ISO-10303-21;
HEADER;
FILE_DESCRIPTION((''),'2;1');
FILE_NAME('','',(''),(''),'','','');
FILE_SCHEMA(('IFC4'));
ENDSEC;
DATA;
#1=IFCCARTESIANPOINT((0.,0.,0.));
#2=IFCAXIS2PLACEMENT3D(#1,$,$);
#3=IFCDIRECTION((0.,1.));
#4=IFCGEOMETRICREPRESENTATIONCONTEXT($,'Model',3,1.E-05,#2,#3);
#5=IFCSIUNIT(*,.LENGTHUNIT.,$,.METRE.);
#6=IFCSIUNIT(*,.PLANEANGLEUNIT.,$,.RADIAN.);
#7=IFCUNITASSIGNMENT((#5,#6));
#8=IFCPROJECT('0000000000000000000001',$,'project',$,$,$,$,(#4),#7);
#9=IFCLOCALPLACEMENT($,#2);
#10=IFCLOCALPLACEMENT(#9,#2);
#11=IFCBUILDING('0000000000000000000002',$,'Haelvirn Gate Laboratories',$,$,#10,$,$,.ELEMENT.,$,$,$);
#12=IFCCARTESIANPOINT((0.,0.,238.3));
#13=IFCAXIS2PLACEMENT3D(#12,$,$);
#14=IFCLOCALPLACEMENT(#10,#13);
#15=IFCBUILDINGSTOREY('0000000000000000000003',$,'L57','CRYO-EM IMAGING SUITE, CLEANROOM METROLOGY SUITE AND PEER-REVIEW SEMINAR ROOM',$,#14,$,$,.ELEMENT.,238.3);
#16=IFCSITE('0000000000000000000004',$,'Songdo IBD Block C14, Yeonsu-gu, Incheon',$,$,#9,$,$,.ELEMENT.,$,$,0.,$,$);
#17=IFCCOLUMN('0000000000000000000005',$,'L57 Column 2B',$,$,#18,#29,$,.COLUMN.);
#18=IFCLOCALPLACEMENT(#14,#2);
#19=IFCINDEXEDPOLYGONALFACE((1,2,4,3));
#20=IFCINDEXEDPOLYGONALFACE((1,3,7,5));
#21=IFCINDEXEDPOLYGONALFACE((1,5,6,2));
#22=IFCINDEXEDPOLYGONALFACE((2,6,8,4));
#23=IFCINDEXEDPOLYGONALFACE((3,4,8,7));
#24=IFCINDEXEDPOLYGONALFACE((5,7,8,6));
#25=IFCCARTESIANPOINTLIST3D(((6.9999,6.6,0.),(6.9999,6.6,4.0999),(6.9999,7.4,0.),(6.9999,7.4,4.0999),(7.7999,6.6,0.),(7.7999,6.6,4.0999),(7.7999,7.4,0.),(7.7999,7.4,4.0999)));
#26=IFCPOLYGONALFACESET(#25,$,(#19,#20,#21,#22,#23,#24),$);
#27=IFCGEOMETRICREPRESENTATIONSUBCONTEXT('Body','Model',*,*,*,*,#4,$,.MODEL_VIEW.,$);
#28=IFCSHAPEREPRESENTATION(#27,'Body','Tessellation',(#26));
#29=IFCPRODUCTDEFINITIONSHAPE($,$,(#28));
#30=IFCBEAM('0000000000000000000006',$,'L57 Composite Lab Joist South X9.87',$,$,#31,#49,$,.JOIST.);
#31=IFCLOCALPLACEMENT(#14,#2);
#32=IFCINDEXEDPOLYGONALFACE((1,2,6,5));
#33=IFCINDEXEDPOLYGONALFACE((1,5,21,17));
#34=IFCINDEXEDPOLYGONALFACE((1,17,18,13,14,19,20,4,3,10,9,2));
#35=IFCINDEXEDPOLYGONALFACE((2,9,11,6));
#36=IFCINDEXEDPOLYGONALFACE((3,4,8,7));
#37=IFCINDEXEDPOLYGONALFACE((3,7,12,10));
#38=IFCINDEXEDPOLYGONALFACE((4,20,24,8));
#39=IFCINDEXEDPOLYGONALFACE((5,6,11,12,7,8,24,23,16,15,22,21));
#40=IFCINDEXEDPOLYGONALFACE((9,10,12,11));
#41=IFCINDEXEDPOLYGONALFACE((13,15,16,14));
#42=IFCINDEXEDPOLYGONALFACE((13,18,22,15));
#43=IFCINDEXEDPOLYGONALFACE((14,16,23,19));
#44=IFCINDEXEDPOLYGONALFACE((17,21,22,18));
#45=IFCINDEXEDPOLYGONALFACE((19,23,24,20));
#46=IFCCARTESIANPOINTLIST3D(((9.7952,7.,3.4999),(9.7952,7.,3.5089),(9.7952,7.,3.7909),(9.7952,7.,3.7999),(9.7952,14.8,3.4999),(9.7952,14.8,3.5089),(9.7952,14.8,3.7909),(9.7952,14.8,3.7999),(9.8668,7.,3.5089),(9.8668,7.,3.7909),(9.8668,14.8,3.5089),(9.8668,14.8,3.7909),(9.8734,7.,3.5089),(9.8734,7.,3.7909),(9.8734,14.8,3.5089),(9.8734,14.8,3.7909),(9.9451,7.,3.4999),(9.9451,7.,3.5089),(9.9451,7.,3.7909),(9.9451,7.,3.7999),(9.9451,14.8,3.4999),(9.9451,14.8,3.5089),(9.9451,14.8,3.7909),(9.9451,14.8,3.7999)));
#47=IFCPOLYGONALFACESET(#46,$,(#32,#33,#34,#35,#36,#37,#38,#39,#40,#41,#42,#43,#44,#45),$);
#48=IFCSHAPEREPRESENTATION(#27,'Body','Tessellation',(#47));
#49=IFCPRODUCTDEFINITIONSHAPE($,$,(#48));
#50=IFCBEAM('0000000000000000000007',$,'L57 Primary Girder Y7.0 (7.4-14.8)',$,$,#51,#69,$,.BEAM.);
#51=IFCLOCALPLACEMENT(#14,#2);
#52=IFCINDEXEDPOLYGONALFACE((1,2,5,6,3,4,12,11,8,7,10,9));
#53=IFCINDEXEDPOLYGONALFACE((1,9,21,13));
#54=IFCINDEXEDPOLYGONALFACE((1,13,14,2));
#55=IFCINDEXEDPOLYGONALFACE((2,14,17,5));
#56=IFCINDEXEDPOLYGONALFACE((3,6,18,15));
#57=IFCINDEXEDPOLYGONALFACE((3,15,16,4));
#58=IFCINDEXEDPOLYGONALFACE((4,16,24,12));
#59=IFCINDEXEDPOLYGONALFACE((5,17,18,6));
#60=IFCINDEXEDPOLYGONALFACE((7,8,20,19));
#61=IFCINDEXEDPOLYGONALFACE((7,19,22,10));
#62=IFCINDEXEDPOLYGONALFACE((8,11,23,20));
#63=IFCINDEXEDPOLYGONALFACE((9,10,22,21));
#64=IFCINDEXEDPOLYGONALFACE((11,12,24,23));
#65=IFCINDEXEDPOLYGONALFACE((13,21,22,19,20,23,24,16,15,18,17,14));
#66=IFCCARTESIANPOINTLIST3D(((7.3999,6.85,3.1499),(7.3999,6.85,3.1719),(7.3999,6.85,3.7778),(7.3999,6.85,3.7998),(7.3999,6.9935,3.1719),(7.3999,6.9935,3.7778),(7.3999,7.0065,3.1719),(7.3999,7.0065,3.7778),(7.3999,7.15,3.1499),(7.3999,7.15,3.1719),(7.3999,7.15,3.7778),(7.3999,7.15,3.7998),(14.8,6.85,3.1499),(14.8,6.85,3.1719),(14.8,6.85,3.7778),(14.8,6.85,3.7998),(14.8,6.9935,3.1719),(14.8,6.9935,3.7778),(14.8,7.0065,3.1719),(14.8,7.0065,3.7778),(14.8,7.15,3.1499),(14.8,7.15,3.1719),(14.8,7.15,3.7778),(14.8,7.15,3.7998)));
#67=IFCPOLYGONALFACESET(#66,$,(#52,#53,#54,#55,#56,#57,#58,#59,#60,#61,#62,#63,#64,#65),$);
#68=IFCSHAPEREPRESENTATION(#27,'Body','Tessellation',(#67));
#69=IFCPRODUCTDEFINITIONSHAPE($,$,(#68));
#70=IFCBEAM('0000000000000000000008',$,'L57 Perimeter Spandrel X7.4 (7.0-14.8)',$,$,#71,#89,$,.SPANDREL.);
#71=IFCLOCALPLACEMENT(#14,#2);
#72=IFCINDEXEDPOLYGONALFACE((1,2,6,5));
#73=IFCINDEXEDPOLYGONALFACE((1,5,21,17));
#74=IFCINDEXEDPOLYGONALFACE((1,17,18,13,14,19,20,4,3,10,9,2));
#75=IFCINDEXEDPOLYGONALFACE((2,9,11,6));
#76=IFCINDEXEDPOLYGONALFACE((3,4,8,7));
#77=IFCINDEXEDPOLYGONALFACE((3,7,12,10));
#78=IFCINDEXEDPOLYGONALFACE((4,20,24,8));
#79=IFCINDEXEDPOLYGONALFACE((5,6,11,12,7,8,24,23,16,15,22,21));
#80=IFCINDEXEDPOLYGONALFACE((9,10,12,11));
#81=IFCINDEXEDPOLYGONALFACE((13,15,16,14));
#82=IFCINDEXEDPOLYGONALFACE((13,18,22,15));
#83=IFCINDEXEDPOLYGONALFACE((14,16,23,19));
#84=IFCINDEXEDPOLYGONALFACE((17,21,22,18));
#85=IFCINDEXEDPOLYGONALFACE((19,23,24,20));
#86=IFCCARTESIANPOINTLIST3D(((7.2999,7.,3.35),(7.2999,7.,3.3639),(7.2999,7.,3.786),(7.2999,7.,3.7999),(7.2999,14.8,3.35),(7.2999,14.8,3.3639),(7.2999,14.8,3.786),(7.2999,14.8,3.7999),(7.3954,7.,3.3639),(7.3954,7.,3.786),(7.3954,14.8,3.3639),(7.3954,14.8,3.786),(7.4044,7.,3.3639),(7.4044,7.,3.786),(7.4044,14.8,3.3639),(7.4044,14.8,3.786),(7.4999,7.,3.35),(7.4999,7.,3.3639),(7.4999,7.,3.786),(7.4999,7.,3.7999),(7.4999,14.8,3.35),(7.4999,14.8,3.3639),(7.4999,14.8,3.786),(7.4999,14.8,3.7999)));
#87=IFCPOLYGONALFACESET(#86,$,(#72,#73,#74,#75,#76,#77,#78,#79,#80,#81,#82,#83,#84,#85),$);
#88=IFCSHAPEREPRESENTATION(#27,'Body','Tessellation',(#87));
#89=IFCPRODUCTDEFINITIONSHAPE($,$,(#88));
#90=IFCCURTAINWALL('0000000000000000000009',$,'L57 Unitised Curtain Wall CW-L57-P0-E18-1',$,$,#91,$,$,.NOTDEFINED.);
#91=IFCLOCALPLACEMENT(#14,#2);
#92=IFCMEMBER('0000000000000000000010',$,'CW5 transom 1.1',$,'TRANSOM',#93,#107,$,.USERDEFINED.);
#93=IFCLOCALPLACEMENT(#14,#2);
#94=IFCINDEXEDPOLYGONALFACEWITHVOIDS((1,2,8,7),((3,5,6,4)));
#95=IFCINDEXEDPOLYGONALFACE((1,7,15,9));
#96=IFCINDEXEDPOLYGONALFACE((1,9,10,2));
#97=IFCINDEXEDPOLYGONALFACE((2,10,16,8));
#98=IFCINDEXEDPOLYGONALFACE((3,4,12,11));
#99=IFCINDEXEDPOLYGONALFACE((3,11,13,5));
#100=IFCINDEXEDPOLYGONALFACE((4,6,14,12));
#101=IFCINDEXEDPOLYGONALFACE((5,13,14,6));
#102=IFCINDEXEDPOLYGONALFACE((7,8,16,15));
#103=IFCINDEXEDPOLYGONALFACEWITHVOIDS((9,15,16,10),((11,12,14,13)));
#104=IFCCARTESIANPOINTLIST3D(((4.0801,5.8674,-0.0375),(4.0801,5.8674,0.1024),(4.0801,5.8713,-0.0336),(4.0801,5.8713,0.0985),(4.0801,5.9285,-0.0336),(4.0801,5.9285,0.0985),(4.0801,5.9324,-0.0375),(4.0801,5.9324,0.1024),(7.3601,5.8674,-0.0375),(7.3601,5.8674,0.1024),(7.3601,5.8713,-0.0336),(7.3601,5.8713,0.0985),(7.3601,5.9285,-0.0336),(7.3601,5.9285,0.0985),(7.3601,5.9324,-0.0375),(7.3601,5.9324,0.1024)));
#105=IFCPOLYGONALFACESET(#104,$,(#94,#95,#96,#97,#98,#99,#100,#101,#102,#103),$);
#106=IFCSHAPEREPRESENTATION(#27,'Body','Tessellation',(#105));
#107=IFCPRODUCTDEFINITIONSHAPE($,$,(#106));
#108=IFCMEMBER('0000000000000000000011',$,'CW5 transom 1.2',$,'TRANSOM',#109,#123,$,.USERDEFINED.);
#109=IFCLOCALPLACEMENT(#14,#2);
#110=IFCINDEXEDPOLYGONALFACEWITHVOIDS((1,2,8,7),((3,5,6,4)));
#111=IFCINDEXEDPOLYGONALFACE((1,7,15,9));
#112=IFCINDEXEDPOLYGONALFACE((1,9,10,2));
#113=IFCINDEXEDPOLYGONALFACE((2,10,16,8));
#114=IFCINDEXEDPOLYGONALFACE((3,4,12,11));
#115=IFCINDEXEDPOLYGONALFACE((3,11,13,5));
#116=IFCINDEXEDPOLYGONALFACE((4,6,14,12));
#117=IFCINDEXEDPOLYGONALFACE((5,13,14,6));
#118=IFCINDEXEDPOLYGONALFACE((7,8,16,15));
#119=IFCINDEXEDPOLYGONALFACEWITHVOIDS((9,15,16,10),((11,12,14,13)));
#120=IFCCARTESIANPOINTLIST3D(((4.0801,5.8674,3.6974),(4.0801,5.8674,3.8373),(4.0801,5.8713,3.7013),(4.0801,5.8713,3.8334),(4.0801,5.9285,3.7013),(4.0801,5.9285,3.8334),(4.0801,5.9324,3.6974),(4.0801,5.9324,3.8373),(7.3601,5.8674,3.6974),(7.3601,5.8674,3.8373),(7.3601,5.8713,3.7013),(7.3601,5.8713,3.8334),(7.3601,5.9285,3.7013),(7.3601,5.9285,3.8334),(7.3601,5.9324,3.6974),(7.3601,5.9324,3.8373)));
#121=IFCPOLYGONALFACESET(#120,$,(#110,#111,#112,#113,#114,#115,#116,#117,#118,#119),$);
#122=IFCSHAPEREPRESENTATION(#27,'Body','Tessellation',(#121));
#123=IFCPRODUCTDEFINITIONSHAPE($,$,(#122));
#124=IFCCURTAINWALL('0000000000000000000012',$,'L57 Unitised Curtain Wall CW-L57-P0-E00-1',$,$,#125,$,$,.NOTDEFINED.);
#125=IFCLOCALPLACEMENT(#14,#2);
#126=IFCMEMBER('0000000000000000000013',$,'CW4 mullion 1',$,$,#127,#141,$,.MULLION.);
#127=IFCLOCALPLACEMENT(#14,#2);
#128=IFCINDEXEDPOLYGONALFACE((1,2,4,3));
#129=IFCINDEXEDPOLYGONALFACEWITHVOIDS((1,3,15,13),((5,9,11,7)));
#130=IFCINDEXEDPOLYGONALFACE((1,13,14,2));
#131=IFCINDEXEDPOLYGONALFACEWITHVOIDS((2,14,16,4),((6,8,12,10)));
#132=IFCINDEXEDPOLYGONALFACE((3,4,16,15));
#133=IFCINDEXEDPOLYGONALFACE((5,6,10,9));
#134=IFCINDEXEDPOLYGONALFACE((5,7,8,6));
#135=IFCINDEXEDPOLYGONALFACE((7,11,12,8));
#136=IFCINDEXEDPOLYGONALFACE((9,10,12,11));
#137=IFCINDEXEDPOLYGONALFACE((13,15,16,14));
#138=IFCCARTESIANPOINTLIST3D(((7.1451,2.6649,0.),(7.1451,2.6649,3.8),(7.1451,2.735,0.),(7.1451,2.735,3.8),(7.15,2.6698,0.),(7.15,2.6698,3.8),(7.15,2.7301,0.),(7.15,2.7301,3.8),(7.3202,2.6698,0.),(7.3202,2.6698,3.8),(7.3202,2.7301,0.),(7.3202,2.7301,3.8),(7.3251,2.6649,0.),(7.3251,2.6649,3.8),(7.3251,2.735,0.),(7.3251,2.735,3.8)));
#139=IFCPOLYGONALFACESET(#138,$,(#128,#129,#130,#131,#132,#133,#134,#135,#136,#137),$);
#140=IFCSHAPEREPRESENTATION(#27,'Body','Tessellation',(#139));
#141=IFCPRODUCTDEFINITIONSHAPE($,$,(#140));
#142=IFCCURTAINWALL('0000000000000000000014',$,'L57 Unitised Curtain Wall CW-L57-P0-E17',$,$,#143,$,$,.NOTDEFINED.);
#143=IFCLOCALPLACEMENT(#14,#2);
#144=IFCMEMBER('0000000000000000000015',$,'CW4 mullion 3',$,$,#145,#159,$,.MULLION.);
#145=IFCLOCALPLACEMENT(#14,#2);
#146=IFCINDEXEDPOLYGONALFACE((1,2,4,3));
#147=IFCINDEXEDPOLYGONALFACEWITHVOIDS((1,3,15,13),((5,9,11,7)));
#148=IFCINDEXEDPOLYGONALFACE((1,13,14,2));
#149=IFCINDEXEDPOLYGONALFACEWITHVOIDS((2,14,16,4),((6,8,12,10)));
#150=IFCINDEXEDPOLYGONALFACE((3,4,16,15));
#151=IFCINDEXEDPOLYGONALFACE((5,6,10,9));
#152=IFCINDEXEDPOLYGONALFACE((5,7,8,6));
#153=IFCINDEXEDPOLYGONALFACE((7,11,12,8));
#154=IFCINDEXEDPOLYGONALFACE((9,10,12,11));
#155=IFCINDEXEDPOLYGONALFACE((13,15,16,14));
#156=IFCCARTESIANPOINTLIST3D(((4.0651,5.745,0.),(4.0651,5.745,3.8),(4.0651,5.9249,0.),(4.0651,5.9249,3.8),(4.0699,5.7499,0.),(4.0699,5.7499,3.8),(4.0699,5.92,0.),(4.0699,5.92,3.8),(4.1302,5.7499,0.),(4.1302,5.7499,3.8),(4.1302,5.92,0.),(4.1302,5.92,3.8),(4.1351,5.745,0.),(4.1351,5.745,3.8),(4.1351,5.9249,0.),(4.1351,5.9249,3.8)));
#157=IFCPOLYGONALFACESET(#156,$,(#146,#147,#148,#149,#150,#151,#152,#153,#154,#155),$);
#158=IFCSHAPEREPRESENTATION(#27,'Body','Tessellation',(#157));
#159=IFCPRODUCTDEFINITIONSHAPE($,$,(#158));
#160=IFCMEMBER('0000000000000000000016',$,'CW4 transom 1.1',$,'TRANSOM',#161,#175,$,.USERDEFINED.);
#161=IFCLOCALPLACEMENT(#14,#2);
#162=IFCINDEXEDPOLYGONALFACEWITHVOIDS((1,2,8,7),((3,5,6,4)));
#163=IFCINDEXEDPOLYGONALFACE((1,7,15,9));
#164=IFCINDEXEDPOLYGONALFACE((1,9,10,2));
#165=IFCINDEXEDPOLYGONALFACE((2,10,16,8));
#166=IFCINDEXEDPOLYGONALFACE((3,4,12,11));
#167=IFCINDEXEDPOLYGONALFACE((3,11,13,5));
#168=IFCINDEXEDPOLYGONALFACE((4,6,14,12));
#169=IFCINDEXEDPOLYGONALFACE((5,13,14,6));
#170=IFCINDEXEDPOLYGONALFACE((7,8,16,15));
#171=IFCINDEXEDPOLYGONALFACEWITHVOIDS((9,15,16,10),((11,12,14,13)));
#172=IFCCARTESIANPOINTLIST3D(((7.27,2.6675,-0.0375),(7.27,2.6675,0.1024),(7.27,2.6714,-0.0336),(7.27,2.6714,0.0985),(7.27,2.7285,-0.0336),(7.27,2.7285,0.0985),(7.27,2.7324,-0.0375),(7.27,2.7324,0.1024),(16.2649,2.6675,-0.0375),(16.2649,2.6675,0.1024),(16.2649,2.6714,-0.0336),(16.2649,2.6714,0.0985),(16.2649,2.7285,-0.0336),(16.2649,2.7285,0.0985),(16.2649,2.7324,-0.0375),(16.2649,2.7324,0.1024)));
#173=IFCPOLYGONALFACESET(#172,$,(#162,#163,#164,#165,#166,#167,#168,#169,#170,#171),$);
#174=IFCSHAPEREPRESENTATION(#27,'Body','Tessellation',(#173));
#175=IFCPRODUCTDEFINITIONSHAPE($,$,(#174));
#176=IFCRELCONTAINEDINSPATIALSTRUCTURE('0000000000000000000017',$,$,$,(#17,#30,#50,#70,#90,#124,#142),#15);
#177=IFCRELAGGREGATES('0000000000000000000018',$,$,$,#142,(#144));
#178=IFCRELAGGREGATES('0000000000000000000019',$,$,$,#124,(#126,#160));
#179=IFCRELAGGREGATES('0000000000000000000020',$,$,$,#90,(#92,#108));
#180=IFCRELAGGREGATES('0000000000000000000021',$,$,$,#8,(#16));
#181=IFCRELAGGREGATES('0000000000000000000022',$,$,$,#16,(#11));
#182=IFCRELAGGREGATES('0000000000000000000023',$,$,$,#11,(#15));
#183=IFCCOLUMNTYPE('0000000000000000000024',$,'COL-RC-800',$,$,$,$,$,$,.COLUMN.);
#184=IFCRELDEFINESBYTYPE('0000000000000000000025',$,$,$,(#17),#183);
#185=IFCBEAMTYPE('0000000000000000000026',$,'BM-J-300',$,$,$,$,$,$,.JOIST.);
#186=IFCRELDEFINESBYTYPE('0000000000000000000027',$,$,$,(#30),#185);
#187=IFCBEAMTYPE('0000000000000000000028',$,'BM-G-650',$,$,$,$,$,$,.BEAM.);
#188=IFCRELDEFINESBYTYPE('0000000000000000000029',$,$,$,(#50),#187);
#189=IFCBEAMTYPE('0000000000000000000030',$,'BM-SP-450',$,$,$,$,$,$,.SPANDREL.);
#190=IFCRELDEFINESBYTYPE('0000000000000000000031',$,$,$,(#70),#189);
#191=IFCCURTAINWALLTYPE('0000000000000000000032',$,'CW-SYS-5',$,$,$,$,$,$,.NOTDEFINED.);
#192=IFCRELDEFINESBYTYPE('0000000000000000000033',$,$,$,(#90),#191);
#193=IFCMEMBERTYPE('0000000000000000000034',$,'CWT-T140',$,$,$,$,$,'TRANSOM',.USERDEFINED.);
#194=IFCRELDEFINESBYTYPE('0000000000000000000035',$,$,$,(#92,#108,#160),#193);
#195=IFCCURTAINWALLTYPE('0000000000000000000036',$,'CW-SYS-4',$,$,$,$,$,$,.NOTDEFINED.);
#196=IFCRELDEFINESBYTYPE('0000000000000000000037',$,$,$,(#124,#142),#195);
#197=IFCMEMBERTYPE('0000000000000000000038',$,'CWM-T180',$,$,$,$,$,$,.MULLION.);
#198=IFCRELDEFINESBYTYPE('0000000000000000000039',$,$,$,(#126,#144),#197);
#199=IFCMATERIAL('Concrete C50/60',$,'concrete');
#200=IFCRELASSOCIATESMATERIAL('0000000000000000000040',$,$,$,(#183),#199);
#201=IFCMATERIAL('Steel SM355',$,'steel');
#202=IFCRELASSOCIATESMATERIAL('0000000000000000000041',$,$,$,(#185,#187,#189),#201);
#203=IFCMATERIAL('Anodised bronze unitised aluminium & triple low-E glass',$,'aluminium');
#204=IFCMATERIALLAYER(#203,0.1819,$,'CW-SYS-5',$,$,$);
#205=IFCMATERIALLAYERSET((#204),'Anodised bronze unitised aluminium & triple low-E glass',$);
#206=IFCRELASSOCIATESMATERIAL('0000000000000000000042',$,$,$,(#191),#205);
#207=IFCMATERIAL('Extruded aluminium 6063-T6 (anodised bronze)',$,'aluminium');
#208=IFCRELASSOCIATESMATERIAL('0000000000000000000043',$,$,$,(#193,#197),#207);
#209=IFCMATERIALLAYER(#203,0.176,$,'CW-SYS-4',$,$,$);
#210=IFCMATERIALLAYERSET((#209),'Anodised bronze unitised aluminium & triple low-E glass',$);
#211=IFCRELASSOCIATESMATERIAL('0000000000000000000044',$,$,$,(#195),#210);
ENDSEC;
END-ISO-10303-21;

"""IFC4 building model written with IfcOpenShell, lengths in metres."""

from ifc_helpers import new_model, si_unit, direction, frame, origin, origin_2d, place, context, subcontext, project, spatial, rectangle, hollow_rectangle, i_section, extrude, source, transform, mapped, material, layer, layer_set, material_profile, profile_set, type_object, type_shapes, element, aggregate, save


model = new_model("IFC4")

# Units and contexts
model_context = context("Model", 3, precision=1e-05, world=origin(), true_north=direction((0.0, 1.0)))
body_context = subcontext(model_context, "Body", "Model", "MODEL_VIEW")
ifc_project = project(units=[si_unit("LENGTHUNIT", "METRE"), si_unit("PLANEANGLEUNIT", "RADIAN")], contexts=[model_context])

# Site, building, storey
site_placement = place(None, origin())
site = spatial("IfcSite", under=ifc_project, at=site_placement, Name="Songdo IBD Block C14, Yeonsu-gu, Incheon", CompositionType="ELEMENT", RefElevation=0.0)
building_placement = place(site_placement, origin())
building = spatial("IfcBuilding", under=site, at=building_placement, Name="Haelvirn Gate Laboratories", CompositionType="ELEMENT")
storey_placement = place(building_placement, frame((0.0, 0.0, 238.3)))
storey = spatial("IfcBuildingStorey", under=building, at=storey_placement, Name="L57", Description="CRYO-EM IMAGING SUITE, CLEANROOM METROLOGY SUITE AND PEER-REVIEW SEMINAR ROOM", CompositionType="ELEMENT", Elevation=238.3)

# Column
ifc_material_1 = material(Name="Concrete C50/60", Category="concrete")
ifc_material_profile_1 = material_profile(ifc_material_1, rectangle(XDim=0.8, YDim=0.8, at=origin_2d()), Name="RC-800x800")
ifc_profile_set_1 = profile_set([ifc_material_profile_1], Name="Concrete C50/60")
column_type = type_object("IfcColumnType", Name="COL-RC-800", PredefinedType="COLUMN", material=ifc_profile_set_1)
shared_shape_1 = source(origin(), body_context, "Body", "SweptSolid", [
    extrude(rectangle(XDim=0.8, YDim=0.8, at=origin_2d()), origin(), (0.0, 0.0, 1.0), 4.0999),
])
type_shapes(column_type, [shared_shape_1])
column_placement = place(storey_placement, frame((7.3999, 7.0, 0.0), z_axis=(0.0, 0.0, 1.0), x_axis=(1.0, 0.0, 0.0)))
element("IfcColumn", 1, at=column_placement, inside=storey, type_object=column_type, Name="L57 Column 2B", PredefinedType="COLUMN", context=body_context, shape_type="MappedRepresentation", body=[
    mapped(shared_shape_1, transform((0.0, 0.0, 0.0), scale=1.0)),
])

# Beams
ifc_material_2 = material(Name="Steel SM355", Category="steel")
ifc_material_profile_2 = material_profile(ifc_material_2, i_section(OverallWidth=0.1499, OverallDepth=0.3, WebThickness=0.0066, FlangeThickness=0.009, at=origin_2d()), Name="H-300x150x6.5x9")
ifc_profile_set_2 = profile_set([ifc_material_profile_2], Name="Steel SM355")
beam_type_1 = type_object("IfcBeamType", Name="BM-J-300", PredefinedType="JOIST", material=ifc_profile_set_2)
shared_shape_2 = source(origin(), body_context, "Body", "SweptSolid", [
    extrude(i_section(OverallWidth=0.1499, OverallDepth=0.3, WebThickness=0.0066, FlangeThickness=0.009, at=origin_2d()), origin(), (0.0, 0.0, 1.0), 7.8),
])
type_shapes(beam_type_1, [shared_shape_2])
beam_1_placement = place(storey_placement, frame((9.8701, 7.0, 3.6499), z_axis=(0.0, 1.0, 0.0), x_axis=(-1.0, 0.0, 0.0)))
element("IfcBeam", 2, at=beam_1_placement, inside=storey, type_object=beam_type_1, Name="L57 Composite Lab Joist South X9.87", PredefinedType="JOIST", context=body_context, shape_type="MappedRepresentation", body=[
    mapped(shared_shape_2, transform((0.0, 0.0, 0.0), scale=1.0)),
])
ifc_material_profile_3 = material_profile(ifc_material_2, i_section(OverallWidth=0.3, OverallDepth=0.6499, WebThickness=0.0129, FlangeThickness=0.022, at=origin_2d()), Name="H-650x300x13x22")
ifc_profile_set_3 = profile_set([ifc_material_profile_3], Name="Steel SM355")
beam_type_2 = type_object("IfcBeamType", Name="BM-G-650", PredefinedType="BEAM", material=ifc_profile_set_3)
shared_shape_3 = source(origin(), body_context, "Body", "SweptSolid", [
    extrude(i_section(OverallWidth=0.3, OverallDepth=0.6499, WebThickness=0.0129, FlangeThickness=0.022, at=origin_2d()), origin(), (0.0, 0.0, 1.0), 7.4001),
])
type_shapes(beam_type_2, [shared_shape_3])
beam_2_placement = place(storey_placement, frame((7.3999, 7.0, 3.4749), z_axis=(1.0, 0.0, 0.0), x_axis=(0.0, 1.0, 0.0)))
element("IfcBeam", 3, at=beam_2_placement, inside=storey, type_object=beam_type_2, Name="L57 Primary Girder Y7.0 (7.4-14.8)", PredefinedType="BEAM", context=body_context, shape_type="MappedRepresentation", body=[
    mapped(shared_shape_3, transform((0.0, 0.0, 0.0), scale=1.0)),
])
ifc_material_profile_4 = material_profile(ifc_material_2, i_section(OverallWidth=0.2, OverallDepth=0.45, WebThickness=0.009, FlangeThickness=0.0139, at=origin_2d()), Name="H-450x200x9x14")
ifc_profile_set_4 = profile_set([ifc_material_profile_4], Name="Steel SM355")
beam_type_3 = type_object("IfcBeamType", Name="BM-SP-450", PredefinedType="SPANDREL", material=ifc_profile_set_4)
shared_shape_4 = source(origin(), body_context, "Body", "SweptSolid", [
    extrude(i_section(OverallWidth=0.2, OverallDepth=0.45, WebThickness=0.009, FlangeThickness=0.0139, at=origin_2d()), origin(), (0.0, 0.0, 1.0), 7.8),
])
type_shapes(beam_type_3, [shared_shape_4])
beam_3_placement = place(storey_placement, frame((7.3999, 7.0, 3.575), z_axis=(0.0, 1.0, 0.0), x_axis=(-1.0, 0.0, 0.0)))
element("IfcBeam", 4, at=beam_3_placement, inside=storey, type_object=beam_type_3, Name="L57 Perimeter Spandrel X7.4 (7.0-14.8)", PredefinedType="SPANDREL", context=body_context, shape_type="MappedRepresentation", body=[
    mapped(shared_shape_4, transform((0.0, 0.0, 0.0), scale=1.0)),
])

# Curtain wall, members
ifc_material_3 = material(Name="Anodised bronze unitised aluminium & triple low-E glass", Category="aluminium")
ifc_layer_1 = layer(ifc_material_3, 0.1819, Name="CW-SYS-5")
ifc_layer_set_1 = layer_set([ifc_layer_1], Name="Anodised bronze unitised aluminium & triple low-E glass")
curtain_wall_type_1 = type_object("IfcCurtainWallType", Name="CW-SYS-5", PredefinedType="NOTDEFINED", material=ifc_layer_set_1)
curtain_wall_1_placement = place(storey_placement, origin())
curtain_wall_1 = element("IfcCurtainWall", 5, at=curtain_wall_1_placement, inside=storey, type_object=curtain_wall_type_1, Name="L57 Unitised Curtain Wall CW-L57-P0-E18-1", PredefinedType="NOTDEFINED")
ifc_material_4 = material(Name="Extruded aluminium 6063-T6 (anodised bronze)", Category="aluminium")
ifc_material_profile_5 = material_profile(ifc_material_4, hollow_rectangle(XDim=0.0649, YDim=0.1399, WallThickness=0.0039, at=origin_2d()), Name="CWT-140x65x4")
ifc_profile_set_5 = profile_set([ifc_material_profile_5], Name="Extruded aluminium 6063-T6 (anodised bronze)")
member_type_1 = type_object("IfcMemberType", Name="CWT-T140", ElementType="TRANSOM", PredefinedType="USERDEFINED", material=ifc_profile_set_5)
shared_shape_5 = source(origin(), body_context, "Body", "SweptSolid", [
    extrude(hollow_rectangle(XDim=0.0649, YDim=0.1399, WallThickness=0.0039, at=origin_2d()), origin(), (0.0, 0.0, 1.0), 3.28),
])
member_1_placement = place(storey_placement, frame((4.0801, 5.8999, 0.0325), z_axis=(1.0, 0.0, 0.0), x_axis=(0.0, 1.0, 0.0)))
member_1 = element("IfcMember", 6, at=member_1_placement, type_object=member_type_1, Name="CW5 transom 1.1", ObjectType="TRANSOM", PredefinedType="USERDEFINED", context=body_context, shape_type="MappedRepresentation", body=[
    mapped(shared_shape_5, transform((0.0, 0.0, 0.0), scale=1.0)),
])
member_2_placement = place(storey_placement, frame((4.0801, 5.8999, 3.7673), z_axis=(1.0, 0.0, 0.0), x_axis=(0.0, 1.0, 0.0)))
member_2 = element("IfcMember", 7, at=member_2_placement, type_object=member_type_1, Name="CW5 transom 1.2", ObjectType="TRANSOM", PredefinedType="USERDEFINED", context=body_context, shape_type="MappedRepresentation", body=[
    mapped(shared_shape_5, transform((0.0, 0.0, 0.0), scale=1.0)),
])

# Curtain walls, members
ifc_layer_2 = layer(ifc_material_3, 0.176, Name="CW-SYS-4")
ifc_layer_set_2 = layer_set([ifc_layer_2], Name="Anodised bronze unitised aluminium & triple low-E glass")
curtain_wall_type_2 = type_object("IfcCurtainWallType", Name="CW-SYS-4", PredefinedType="NOTDEFINED", material=ifc_layer_set_2)
curtain_wall_2_placement = place(storey_placement, origin())
curtain_wall_2 = element("IfcCurtainWall", 8, at=curtain_wall_2_placement, inside=storey, type_object=curtain_wall_type_2, Name="L57 Unitised Curtain Wall CW-L57-P0-E00-1", PredefinedType="NOTDEFINED")
ifc_material_profile_6 = material_profile(ifc_material_4, hollow_rectangle(XDim=0.0701, YDim=0.1799, WallThickness=0.0049, at=origin_2d()), Name="CWM-180x70x5")
ifc_profile_set_6 = profile_set([ifc_material_profile_6], Name="Extruded aluminium 6063-T6 (anodised bronze)")
member_type_2 = type_object("IfcMemberType", Name="CWM-T180", PredefinedType="MULLION", material=ifc_profile_set_6)
shared_shape_6 = source(origin(), body_context, "Body", "SweptSolid", [
    extrude(hollow_rectangle(XDim=0.0701, YDim=0.1799, WallThickness=0.0049, at=origin_2d()), origin(), (0.0, 0.0, 1.0), 3.8),
])
type_shapes(member_type_2, [shared_shape_6])
member_3_placement = place(storey_placement, frame((7.2351, 2.7, 0.0), z_axis=(0.0, 0.0, 1.0), x_axis=(0.0, 1.0, 0.0)))
member_3 = element("IfcMember", 9, at=member_3_placement, type_object=member_type_2, Name="CW4 mullion 1", PredefinedType="MULLION", context=body_context, shape_type="MappedRepresentation", body=[
    mapped(shared_shape_6, transform((0.0, 0.0, 0.0), scale=1.0)),
])
curtain_wall_3_placement = place(storey_placement, origin())
curtain_wall_3 = element("IfcCurtainWall", 10, at=curtain_wall_3_placement, inside=storey, type_object=curtain_wall_type_2, Name="L57 Unitised Curtain Wall CW-L57-P0-E17", PredefinedType="NOTDEFINED")
member_4_placement = place(storey_placement, frame((4.1001, 5.835, 0.0), z_axis=(0.0, 0.0, 1.0), x_axis=(1.0, 0.0, 0.0)))
member_4 = element("IfcMember", 11, at=member_4_placement, type_object=member_type_2, Name="CW4 mullion 3", PredefinedType="MULLION", context=body_context, shape_type="MappedRepresentation", body=[
    mapped(shared_shape_6, transform((0.0, 0.0, 0.0), scale=1.0)),
])
aggregate(curtain_wall_3, [member_4])

# Member
shared_shape_7 = source(origin(), body_context, "Body", "SweptSolid", [
    extrude(hollow_rectangle(XDim=0.0649, YDim=0.1399, WallThickness=0.0039, at=origin_2d()), origin(), (0.0, 0.0, 1.0), 8.9949),
])
type_shapes(member_type_1, [shared_shape_5, shared_shape_7])
member_5_placement = place(storey_placement, frame((7.27, 2.7, 0.0325), z_axis=(1.0, 0.0, 0.0), x_axis=(0.0, 1.0, 0.0)))
member_5 = element("IfcMember", 12, at=member_5_placement, type_object=member_type_1, Name="CW4 transom 1.1", ObjectType="TRANSOM", PredefinedType="USERDEFINED", context=body_context, shape_type="MappedRepresentation", body=[
    mapped(shared_shape_7, transform((0.0, 0.0, 0.0), scale=1.0)),
])

aggregate(curtain_wall_2, [member_3, member_5])
aggregate(curtain_wall_1, [member_1, member_2])

save(model, "model.ifc")
